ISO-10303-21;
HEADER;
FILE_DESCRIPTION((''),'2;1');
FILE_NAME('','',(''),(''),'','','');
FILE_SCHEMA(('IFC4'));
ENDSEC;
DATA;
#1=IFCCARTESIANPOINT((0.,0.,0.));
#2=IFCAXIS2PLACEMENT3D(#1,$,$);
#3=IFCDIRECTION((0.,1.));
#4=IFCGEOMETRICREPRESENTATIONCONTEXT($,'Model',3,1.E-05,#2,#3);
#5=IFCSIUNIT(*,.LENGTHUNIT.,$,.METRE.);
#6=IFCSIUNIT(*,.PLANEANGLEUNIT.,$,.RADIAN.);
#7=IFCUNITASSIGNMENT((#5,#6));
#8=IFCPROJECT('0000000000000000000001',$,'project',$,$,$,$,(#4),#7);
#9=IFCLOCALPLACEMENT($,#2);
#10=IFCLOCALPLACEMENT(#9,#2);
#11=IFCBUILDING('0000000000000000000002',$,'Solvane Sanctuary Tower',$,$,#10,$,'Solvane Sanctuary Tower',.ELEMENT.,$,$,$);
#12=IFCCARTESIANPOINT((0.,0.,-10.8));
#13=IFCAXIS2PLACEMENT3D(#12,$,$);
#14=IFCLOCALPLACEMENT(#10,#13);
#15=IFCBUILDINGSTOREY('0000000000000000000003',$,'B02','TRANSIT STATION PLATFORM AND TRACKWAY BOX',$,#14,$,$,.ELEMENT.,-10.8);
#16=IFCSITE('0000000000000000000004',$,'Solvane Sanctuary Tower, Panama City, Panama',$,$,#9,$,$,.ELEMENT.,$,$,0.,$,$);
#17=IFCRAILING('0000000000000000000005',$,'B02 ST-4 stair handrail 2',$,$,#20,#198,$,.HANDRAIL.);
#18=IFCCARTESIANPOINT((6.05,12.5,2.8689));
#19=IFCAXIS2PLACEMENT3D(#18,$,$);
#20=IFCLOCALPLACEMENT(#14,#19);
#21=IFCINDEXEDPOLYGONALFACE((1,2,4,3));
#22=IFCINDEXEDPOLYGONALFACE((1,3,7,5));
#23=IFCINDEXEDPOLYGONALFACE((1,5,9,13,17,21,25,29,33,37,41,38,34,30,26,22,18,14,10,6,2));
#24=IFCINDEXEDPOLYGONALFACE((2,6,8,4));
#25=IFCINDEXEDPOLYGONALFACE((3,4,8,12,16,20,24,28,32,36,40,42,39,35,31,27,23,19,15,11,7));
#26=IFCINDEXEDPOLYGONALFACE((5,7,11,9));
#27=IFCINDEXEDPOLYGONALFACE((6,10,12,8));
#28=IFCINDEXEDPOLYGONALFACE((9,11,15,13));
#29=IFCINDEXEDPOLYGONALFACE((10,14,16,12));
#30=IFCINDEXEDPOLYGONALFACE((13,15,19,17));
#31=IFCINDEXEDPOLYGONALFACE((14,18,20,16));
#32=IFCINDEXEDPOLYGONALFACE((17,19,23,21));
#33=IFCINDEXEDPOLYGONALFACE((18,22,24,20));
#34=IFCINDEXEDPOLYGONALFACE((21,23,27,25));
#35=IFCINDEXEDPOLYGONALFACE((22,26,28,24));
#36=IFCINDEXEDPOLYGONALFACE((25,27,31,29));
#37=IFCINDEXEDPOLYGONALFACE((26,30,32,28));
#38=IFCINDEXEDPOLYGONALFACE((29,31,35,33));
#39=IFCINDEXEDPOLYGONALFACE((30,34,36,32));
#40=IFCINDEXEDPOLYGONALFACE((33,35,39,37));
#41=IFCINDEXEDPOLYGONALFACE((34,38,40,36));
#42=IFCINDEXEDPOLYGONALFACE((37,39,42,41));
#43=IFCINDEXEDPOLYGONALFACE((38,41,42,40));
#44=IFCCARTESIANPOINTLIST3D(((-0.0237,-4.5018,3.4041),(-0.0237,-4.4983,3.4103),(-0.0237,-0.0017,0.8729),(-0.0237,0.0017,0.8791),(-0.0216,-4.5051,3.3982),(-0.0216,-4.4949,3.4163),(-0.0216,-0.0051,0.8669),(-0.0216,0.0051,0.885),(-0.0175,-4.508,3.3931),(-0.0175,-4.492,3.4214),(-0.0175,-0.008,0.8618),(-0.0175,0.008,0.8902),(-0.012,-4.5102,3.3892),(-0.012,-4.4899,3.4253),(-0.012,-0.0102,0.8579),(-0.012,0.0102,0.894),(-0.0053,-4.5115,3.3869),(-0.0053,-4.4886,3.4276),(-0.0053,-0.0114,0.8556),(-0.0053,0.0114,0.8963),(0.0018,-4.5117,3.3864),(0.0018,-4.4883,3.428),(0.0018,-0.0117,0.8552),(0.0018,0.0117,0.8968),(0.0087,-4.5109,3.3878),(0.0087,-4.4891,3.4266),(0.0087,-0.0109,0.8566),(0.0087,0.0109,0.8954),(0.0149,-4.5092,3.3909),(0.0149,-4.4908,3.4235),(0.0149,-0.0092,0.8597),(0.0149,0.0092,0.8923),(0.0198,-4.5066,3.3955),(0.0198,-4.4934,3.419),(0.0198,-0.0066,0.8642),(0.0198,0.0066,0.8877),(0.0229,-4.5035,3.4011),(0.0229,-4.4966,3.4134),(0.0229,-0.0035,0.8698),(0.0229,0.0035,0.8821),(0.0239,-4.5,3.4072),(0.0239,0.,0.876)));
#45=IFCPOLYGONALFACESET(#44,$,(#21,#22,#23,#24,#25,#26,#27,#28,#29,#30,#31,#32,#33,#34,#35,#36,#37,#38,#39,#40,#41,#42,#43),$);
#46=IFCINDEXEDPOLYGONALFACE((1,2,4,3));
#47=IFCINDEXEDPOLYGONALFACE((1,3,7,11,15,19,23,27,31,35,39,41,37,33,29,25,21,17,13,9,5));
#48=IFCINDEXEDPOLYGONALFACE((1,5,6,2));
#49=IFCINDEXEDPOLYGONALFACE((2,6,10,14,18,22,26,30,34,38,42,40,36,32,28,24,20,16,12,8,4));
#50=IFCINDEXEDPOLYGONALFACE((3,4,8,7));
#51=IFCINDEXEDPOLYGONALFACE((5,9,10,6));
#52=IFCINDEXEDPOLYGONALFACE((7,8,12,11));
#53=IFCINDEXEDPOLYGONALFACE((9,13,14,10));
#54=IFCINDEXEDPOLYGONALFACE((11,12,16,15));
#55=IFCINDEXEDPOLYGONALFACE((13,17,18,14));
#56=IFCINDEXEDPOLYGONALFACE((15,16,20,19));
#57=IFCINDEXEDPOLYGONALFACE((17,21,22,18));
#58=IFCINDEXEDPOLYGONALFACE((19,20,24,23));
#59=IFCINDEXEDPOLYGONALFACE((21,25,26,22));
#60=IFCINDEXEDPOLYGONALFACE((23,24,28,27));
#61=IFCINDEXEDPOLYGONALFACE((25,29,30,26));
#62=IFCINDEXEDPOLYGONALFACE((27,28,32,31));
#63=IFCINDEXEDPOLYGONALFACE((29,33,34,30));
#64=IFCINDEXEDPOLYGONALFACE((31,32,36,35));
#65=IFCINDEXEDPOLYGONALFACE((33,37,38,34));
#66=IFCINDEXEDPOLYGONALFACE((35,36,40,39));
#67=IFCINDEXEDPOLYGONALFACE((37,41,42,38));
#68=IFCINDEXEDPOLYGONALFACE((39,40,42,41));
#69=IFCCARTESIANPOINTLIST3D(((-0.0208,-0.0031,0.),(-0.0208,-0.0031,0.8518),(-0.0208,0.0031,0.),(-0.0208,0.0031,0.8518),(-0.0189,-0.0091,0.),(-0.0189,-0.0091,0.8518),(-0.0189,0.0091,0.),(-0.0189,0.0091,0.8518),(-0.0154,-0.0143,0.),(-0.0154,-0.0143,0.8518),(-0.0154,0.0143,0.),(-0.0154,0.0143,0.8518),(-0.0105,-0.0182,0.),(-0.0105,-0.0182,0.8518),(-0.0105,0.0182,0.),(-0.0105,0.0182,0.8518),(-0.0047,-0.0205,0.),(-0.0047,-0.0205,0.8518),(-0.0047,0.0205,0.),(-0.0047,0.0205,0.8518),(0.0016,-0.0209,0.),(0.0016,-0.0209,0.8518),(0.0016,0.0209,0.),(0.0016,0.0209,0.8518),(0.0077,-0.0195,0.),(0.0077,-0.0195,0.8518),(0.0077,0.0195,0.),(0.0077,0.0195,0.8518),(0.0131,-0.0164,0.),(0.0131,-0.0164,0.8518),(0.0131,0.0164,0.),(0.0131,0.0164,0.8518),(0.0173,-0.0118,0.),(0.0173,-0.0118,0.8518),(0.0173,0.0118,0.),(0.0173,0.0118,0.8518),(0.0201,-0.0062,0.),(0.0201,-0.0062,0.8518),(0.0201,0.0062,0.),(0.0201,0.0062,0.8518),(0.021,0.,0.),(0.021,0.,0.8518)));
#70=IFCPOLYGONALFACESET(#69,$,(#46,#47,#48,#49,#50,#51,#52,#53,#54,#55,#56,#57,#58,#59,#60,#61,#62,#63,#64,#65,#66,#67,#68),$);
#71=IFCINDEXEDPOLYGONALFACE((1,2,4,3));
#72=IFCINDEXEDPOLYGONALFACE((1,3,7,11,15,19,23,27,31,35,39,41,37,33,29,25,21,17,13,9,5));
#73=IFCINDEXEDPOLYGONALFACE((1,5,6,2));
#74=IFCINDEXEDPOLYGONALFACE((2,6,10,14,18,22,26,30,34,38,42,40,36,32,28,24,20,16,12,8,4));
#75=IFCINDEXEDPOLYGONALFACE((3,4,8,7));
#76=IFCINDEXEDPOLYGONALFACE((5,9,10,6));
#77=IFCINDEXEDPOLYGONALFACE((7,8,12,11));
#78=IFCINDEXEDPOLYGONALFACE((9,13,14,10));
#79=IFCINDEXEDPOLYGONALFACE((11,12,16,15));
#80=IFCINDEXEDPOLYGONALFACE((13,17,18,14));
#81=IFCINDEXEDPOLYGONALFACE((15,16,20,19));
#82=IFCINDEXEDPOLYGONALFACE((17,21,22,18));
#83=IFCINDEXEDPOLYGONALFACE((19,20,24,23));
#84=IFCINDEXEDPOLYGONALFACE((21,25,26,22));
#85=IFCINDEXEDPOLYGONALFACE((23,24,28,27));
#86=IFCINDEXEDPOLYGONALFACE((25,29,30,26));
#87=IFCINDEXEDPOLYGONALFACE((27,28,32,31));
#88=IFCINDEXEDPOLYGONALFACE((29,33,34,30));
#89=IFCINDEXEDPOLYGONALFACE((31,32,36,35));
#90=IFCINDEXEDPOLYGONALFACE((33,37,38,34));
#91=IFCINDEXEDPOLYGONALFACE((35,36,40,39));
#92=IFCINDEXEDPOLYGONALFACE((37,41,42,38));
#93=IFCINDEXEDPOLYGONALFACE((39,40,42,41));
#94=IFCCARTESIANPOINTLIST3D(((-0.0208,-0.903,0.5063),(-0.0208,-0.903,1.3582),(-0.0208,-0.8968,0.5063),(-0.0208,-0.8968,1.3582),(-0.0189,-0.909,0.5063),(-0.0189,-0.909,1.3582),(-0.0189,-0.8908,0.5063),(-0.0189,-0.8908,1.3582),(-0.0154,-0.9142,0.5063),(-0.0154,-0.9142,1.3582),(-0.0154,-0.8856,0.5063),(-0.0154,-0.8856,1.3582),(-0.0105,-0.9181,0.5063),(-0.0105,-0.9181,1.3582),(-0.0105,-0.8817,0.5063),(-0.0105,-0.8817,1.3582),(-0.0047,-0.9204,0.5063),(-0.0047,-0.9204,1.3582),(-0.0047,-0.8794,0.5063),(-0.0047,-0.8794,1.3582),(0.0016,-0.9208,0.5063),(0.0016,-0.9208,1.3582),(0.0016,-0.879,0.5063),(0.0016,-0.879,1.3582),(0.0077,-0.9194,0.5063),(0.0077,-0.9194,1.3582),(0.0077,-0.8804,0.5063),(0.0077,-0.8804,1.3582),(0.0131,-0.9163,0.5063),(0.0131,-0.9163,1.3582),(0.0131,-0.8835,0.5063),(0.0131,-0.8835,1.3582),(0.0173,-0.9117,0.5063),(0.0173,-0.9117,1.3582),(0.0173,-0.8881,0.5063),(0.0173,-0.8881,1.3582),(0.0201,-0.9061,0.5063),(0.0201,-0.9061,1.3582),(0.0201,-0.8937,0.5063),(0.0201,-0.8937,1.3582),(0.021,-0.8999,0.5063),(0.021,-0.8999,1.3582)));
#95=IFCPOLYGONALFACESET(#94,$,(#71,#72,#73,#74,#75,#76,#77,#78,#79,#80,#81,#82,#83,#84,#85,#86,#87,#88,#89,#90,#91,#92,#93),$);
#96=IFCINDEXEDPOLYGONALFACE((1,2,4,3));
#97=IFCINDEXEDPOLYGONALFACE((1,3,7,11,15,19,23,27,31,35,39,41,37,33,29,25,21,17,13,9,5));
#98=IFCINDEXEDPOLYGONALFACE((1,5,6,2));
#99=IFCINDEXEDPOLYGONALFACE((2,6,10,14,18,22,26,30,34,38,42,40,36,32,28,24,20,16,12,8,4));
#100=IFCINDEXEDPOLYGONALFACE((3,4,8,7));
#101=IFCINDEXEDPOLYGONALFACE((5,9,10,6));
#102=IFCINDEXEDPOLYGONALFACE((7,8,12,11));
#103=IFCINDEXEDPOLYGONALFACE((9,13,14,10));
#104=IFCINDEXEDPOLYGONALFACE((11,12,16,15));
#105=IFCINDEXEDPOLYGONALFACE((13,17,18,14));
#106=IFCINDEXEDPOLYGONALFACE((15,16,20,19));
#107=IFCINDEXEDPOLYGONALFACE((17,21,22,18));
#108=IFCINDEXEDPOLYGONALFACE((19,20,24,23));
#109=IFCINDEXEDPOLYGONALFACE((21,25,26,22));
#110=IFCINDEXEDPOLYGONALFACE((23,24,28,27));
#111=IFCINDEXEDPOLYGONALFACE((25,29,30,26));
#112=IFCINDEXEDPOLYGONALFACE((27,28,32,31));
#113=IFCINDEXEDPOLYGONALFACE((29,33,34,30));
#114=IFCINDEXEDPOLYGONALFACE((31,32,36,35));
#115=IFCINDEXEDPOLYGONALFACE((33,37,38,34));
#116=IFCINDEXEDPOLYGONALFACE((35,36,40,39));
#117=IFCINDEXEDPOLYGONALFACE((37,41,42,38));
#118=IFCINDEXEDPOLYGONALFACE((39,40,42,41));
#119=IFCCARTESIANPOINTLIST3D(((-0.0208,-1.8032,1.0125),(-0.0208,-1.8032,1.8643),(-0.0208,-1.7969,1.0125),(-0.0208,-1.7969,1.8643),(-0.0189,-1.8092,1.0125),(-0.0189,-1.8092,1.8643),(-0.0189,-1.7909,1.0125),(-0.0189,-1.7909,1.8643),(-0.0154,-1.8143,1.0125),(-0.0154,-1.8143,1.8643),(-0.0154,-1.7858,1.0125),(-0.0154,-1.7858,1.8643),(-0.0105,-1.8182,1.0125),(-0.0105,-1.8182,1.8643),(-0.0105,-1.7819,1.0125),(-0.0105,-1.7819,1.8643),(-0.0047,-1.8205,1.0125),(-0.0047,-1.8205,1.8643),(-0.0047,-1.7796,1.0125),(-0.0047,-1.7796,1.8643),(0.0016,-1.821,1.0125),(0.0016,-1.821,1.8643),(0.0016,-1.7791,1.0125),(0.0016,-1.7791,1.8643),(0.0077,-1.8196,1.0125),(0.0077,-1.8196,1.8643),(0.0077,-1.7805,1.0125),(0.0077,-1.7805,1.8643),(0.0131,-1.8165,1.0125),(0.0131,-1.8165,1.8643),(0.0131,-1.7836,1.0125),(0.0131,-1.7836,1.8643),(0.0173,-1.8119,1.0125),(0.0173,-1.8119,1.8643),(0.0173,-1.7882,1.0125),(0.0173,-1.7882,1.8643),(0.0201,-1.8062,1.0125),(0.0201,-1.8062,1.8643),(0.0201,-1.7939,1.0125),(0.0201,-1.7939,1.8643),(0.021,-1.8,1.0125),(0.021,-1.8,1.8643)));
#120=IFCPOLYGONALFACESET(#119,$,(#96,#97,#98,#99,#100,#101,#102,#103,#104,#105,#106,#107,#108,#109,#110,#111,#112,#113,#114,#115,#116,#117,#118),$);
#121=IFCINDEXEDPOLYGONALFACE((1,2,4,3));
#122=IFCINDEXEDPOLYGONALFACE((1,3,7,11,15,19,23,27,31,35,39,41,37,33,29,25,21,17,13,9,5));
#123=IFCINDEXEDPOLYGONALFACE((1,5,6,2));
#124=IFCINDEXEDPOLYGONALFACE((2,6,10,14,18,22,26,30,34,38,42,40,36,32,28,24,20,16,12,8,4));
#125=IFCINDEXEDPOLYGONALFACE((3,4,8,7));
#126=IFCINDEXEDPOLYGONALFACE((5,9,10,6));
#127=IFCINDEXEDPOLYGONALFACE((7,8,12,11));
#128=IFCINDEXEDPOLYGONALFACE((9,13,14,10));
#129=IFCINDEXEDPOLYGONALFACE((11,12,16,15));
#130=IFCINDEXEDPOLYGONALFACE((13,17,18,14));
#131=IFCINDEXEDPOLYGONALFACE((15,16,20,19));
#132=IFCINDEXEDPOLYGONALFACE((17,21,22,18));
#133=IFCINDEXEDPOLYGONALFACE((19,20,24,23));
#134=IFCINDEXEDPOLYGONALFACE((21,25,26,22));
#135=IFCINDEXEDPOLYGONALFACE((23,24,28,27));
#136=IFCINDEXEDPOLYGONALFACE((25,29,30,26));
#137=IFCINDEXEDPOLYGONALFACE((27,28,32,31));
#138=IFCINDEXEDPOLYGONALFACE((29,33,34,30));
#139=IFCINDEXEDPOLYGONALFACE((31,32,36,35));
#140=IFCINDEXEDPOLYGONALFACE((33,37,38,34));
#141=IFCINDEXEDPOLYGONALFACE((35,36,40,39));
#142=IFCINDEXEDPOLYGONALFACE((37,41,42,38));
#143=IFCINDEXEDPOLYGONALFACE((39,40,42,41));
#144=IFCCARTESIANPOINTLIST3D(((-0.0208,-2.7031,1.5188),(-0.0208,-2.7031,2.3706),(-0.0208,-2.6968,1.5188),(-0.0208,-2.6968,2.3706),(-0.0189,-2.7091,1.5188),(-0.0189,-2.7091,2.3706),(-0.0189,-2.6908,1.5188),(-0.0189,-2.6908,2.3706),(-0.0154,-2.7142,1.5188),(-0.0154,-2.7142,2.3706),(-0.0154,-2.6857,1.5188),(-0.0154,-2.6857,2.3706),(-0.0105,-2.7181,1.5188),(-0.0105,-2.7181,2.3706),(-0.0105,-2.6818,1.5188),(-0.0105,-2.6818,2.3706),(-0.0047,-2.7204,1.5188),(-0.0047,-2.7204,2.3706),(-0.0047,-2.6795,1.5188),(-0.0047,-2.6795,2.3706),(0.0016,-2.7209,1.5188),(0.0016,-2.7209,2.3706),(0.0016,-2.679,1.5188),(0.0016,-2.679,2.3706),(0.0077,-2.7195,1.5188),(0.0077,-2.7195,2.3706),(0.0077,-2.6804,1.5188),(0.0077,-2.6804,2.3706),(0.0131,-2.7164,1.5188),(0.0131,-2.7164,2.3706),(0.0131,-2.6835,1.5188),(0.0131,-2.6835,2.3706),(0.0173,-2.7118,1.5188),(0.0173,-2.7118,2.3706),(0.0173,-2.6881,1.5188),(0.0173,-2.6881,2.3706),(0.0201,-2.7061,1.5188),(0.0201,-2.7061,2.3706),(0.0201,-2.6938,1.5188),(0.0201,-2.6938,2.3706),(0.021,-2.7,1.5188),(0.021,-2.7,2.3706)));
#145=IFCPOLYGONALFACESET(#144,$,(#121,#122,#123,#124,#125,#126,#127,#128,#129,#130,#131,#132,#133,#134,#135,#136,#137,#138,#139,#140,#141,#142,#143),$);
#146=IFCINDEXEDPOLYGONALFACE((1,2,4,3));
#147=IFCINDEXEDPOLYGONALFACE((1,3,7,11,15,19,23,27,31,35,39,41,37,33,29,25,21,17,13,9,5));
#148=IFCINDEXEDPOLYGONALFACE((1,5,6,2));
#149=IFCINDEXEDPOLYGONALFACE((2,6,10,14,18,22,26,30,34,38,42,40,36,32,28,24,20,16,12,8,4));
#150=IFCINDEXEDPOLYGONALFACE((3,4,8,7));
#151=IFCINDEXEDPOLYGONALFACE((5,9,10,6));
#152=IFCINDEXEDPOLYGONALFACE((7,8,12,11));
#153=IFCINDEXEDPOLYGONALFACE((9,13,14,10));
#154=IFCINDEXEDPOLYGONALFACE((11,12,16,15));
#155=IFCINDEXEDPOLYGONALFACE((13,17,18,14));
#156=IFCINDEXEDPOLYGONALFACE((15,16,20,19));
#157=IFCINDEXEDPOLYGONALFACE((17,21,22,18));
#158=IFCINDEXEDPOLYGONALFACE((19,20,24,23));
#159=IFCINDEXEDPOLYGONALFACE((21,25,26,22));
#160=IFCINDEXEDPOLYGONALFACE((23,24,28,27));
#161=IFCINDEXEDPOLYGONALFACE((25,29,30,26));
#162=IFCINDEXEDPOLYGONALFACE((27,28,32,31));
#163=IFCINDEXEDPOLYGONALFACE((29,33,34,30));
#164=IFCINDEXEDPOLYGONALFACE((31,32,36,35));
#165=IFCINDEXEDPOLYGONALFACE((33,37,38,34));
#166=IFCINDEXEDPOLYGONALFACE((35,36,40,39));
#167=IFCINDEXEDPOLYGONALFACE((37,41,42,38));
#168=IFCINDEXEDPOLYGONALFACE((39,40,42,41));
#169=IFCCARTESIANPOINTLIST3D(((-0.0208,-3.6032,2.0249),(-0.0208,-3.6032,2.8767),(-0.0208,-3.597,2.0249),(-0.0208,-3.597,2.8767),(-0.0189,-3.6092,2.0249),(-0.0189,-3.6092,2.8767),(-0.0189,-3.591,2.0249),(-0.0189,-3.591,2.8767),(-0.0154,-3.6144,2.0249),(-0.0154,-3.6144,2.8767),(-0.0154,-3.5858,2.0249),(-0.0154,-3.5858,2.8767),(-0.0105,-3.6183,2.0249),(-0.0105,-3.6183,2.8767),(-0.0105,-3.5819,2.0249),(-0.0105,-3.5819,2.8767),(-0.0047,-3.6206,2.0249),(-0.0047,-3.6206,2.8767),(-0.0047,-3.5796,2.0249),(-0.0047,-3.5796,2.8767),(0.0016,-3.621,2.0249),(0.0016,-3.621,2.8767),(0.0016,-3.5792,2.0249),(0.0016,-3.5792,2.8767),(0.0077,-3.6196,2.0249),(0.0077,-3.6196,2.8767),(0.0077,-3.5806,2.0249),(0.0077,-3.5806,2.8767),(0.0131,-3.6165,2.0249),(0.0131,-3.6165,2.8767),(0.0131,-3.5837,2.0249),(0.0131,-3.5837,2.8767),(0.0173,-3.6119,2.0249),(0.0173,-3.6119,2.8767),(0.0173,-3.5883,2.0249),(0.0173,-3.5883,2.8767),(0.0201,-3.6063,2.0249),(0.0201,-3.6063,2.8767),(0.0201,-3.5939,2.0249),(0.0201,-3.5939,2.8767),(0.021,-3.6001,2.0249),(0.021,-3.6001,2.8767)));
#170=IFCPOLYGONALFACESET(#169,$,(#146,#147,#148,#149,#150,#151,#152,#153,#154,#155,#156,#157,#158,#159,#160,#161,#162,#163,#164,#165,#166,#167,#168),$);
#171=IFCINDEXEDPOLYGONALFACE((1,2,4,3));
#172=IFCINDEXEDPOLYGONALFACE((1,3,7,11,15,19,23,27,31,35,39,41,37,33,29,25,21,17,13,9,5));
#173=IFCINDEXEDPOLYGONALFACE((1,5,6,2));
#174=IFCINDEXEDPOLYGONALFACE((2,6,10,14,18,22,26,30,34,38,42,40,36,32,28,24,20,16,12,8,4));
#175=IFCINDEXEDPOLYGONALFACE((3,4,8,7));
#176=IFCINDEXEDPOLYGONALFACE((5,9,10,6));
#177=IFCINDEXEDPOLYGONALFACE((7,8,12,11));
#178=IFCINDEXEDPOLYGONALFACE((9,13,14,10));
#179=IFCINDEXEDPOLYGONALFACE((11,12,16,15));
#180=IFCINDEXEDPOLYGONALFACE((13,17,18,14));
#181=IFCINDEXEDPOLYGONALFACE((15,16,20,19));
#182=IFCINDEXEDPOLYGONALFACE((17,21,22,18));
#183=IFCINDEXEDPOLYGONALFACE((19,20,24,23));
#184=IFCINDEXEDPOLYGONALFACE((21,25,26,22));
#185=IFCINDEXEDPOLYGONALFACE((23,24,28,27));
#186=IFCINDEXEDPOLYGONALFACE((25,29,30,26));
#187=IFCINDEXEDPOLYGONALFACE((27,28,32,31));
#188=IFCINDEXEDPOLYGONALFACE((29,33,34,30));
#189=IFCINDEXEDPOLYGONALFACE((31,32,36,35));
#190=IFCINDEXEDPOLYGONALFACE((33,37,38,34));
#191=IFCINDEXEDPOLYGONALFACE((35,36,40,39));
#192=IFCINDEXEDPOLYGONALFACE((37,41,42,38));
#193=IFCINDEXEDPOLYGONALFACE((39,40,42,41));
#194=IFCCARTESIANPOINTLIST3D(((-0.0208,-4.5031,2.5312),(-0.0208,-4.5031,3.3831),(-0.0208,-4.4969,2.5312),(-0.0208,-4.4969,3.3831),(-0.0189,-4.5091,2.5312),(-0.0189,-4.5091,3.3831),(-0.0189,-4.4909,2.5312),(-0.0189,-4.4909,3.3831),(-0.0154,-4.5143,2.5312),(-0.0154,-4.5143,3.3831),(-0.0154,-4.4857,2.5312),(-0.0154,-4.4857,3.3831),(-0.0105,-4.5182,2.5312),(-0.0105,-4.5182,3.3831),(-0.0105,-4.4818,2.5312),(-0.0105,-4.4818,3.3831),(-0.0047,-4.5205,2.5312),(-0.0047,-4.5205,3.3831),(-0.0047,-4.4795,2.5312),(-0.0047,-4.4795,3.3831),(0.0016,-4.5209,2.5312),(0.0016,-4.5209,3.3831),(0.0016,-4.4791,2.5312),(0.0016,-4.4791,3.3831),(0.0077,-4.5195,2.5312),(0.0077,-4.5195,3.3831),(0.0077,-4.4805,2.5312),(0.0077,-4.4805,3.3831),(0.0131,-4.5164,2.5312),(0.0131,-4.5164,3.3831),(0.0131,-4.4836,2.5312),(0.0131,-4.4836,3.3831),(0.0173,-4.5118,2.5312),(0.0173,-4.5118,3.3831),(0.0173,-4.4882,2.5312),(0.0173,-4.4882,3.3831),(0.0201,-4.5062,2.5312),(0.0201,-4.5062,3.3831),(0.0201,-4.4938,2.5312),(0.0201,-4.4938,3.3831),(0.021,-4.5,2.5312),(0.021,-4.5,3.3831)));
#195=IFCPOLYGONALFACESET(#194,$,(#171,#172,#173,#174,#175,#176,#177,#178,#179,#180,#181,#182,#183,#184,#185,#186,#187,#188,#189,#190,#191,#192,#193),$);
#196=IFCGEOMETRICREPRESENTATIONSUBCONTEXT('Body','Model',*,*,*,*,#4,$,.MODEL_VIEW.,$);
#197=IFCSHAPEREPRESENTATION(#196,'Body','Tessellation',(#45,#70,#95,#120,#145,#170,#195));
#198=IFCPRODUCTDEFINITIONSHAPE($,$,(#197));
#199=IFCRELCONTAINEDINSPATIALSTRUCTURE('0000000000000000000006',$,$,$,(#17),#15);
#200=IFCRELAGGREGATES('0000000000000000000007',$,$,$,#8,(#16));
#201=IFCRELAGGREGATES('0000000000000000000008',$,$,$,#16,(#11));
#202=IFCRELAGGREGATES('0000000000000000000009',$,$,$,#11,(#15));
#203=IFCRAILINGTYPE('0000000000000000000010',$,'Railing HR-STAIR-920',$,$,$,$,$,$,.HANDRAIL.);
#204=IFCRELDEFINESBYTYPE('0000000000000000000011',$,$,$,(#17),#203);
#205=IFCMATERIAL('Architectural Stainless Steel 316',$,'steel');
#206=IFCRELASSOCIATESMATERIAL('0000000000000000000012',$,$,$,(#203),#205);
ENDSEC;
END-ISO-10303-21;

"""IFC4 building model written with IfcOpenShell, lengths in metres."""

from ifc_helpers import new_model, si_unit, direction, frame, origin, origin_2d, place, context, subcontext, project, spatial, circle, extrude, material, type_object, element, save


model = new_model("IFC4")

# Units and contexts
model_context = context("Model", 3, precision=1e-05, world=origin(), true_north=direction((0.0, 1.0)))
body_context = subcontext(model_context, "Body", "Model", "MODEL_VIEW")
ifc_project = project(units=[si_unit("LENGTHUNIT", "METRE"), si_unit("PLANEANGLEUNIT", "RADIAN")], contexts=[model_context])

# Site, building, storey
site_placement = place(None, origin())
site = spatial("IfcSite", under=ifc_project, at=site_placement, Name="Solvane Sanctuary Tower, Panama City, Panama", CompositionType="ELEMENT", RefElevation=0.0)
building_placement = place(site_placement, origin())
building = spatial("IfcBuilding", under=site, at=building_placement, Name="Solvane Sanctuary Tower", LongName="Solvane Sanctuary Tower", CompositionType="ELEMENT")
storey_placement = place(building_placement, frame((0.0, 0.0, -10.8)))
storey = spatial("IfcBuildingStorey", under=building, at=storey_placement, Name="B02", Description="TRANSIT STATION PLATFORM AND TRACKWAY BOX", CompositionType="ELEMENT", Elevation=-10.8)

# Shared definitions
ifc_material_1 = material(Name="Architectural Stainless Steel 316", Category="steel")

# Railing
railing_type_1 = type_object("IfcRailingType", Name="Railing HR-STAIR-920", PredefinedType="HANDRAIL", material=ifc_material_1)
railing_1_placement = place(storey_placement, frame((6.05, 12.5, 2.8689)))
element("IfcRailing", 1, at=railing_1_placement, inside=storey, type_object=railing_type_1, Name="B02 ST-4 stair handrail 2", PredefinedType="HANDRAIL", context=body_context, shape_type="SweptSolid", body=[
    extrude(circle(Radius=0.0239, at=origin_2d()), frame((0.0, 0.0, 0.876), z_axis=(0.0, -0.871576, 0.490261), x_axis=(1.0, 0.0, 0.0)), (0.0, 0.0, 1.0), 5.1631),
    extrude(circle(Radius=0.021, at=origin_2d()), origin(), (0.0, 0.0, 1.0), 0.8518),
    extrude(circle(Radius=0.021, at=origin_2d()), frame((0.0, -0.8999, 0.5063)), (0.0, 0.0, 1.0), 0.8518),
    extrude(circle(Radius=0.021, at=origin_2d()), frame((0.0, -1.8, 1.0125)), (0.0, 0.0, 1.0), 0.8518),
    extrude(circle(Radius=0.021, at=origin_2d()), frame((0.0, -2.7, 1.5188)), (0.0, 0.0, 1.0), 0.8518),
    extrude(circle(Radius=0.021, at=origin_2d()), frame((0.0, -3.6001, 2.0249)), (0.0, 0.0, 1.0), 0.8518),
    extrude(circle(Radius=0.021, at=origin_2d()), frame((0.0, -4.5, 2.5312)), (0.0, 0.0, 1.0), 0.8518),
])

save(model, "model.ifc")
